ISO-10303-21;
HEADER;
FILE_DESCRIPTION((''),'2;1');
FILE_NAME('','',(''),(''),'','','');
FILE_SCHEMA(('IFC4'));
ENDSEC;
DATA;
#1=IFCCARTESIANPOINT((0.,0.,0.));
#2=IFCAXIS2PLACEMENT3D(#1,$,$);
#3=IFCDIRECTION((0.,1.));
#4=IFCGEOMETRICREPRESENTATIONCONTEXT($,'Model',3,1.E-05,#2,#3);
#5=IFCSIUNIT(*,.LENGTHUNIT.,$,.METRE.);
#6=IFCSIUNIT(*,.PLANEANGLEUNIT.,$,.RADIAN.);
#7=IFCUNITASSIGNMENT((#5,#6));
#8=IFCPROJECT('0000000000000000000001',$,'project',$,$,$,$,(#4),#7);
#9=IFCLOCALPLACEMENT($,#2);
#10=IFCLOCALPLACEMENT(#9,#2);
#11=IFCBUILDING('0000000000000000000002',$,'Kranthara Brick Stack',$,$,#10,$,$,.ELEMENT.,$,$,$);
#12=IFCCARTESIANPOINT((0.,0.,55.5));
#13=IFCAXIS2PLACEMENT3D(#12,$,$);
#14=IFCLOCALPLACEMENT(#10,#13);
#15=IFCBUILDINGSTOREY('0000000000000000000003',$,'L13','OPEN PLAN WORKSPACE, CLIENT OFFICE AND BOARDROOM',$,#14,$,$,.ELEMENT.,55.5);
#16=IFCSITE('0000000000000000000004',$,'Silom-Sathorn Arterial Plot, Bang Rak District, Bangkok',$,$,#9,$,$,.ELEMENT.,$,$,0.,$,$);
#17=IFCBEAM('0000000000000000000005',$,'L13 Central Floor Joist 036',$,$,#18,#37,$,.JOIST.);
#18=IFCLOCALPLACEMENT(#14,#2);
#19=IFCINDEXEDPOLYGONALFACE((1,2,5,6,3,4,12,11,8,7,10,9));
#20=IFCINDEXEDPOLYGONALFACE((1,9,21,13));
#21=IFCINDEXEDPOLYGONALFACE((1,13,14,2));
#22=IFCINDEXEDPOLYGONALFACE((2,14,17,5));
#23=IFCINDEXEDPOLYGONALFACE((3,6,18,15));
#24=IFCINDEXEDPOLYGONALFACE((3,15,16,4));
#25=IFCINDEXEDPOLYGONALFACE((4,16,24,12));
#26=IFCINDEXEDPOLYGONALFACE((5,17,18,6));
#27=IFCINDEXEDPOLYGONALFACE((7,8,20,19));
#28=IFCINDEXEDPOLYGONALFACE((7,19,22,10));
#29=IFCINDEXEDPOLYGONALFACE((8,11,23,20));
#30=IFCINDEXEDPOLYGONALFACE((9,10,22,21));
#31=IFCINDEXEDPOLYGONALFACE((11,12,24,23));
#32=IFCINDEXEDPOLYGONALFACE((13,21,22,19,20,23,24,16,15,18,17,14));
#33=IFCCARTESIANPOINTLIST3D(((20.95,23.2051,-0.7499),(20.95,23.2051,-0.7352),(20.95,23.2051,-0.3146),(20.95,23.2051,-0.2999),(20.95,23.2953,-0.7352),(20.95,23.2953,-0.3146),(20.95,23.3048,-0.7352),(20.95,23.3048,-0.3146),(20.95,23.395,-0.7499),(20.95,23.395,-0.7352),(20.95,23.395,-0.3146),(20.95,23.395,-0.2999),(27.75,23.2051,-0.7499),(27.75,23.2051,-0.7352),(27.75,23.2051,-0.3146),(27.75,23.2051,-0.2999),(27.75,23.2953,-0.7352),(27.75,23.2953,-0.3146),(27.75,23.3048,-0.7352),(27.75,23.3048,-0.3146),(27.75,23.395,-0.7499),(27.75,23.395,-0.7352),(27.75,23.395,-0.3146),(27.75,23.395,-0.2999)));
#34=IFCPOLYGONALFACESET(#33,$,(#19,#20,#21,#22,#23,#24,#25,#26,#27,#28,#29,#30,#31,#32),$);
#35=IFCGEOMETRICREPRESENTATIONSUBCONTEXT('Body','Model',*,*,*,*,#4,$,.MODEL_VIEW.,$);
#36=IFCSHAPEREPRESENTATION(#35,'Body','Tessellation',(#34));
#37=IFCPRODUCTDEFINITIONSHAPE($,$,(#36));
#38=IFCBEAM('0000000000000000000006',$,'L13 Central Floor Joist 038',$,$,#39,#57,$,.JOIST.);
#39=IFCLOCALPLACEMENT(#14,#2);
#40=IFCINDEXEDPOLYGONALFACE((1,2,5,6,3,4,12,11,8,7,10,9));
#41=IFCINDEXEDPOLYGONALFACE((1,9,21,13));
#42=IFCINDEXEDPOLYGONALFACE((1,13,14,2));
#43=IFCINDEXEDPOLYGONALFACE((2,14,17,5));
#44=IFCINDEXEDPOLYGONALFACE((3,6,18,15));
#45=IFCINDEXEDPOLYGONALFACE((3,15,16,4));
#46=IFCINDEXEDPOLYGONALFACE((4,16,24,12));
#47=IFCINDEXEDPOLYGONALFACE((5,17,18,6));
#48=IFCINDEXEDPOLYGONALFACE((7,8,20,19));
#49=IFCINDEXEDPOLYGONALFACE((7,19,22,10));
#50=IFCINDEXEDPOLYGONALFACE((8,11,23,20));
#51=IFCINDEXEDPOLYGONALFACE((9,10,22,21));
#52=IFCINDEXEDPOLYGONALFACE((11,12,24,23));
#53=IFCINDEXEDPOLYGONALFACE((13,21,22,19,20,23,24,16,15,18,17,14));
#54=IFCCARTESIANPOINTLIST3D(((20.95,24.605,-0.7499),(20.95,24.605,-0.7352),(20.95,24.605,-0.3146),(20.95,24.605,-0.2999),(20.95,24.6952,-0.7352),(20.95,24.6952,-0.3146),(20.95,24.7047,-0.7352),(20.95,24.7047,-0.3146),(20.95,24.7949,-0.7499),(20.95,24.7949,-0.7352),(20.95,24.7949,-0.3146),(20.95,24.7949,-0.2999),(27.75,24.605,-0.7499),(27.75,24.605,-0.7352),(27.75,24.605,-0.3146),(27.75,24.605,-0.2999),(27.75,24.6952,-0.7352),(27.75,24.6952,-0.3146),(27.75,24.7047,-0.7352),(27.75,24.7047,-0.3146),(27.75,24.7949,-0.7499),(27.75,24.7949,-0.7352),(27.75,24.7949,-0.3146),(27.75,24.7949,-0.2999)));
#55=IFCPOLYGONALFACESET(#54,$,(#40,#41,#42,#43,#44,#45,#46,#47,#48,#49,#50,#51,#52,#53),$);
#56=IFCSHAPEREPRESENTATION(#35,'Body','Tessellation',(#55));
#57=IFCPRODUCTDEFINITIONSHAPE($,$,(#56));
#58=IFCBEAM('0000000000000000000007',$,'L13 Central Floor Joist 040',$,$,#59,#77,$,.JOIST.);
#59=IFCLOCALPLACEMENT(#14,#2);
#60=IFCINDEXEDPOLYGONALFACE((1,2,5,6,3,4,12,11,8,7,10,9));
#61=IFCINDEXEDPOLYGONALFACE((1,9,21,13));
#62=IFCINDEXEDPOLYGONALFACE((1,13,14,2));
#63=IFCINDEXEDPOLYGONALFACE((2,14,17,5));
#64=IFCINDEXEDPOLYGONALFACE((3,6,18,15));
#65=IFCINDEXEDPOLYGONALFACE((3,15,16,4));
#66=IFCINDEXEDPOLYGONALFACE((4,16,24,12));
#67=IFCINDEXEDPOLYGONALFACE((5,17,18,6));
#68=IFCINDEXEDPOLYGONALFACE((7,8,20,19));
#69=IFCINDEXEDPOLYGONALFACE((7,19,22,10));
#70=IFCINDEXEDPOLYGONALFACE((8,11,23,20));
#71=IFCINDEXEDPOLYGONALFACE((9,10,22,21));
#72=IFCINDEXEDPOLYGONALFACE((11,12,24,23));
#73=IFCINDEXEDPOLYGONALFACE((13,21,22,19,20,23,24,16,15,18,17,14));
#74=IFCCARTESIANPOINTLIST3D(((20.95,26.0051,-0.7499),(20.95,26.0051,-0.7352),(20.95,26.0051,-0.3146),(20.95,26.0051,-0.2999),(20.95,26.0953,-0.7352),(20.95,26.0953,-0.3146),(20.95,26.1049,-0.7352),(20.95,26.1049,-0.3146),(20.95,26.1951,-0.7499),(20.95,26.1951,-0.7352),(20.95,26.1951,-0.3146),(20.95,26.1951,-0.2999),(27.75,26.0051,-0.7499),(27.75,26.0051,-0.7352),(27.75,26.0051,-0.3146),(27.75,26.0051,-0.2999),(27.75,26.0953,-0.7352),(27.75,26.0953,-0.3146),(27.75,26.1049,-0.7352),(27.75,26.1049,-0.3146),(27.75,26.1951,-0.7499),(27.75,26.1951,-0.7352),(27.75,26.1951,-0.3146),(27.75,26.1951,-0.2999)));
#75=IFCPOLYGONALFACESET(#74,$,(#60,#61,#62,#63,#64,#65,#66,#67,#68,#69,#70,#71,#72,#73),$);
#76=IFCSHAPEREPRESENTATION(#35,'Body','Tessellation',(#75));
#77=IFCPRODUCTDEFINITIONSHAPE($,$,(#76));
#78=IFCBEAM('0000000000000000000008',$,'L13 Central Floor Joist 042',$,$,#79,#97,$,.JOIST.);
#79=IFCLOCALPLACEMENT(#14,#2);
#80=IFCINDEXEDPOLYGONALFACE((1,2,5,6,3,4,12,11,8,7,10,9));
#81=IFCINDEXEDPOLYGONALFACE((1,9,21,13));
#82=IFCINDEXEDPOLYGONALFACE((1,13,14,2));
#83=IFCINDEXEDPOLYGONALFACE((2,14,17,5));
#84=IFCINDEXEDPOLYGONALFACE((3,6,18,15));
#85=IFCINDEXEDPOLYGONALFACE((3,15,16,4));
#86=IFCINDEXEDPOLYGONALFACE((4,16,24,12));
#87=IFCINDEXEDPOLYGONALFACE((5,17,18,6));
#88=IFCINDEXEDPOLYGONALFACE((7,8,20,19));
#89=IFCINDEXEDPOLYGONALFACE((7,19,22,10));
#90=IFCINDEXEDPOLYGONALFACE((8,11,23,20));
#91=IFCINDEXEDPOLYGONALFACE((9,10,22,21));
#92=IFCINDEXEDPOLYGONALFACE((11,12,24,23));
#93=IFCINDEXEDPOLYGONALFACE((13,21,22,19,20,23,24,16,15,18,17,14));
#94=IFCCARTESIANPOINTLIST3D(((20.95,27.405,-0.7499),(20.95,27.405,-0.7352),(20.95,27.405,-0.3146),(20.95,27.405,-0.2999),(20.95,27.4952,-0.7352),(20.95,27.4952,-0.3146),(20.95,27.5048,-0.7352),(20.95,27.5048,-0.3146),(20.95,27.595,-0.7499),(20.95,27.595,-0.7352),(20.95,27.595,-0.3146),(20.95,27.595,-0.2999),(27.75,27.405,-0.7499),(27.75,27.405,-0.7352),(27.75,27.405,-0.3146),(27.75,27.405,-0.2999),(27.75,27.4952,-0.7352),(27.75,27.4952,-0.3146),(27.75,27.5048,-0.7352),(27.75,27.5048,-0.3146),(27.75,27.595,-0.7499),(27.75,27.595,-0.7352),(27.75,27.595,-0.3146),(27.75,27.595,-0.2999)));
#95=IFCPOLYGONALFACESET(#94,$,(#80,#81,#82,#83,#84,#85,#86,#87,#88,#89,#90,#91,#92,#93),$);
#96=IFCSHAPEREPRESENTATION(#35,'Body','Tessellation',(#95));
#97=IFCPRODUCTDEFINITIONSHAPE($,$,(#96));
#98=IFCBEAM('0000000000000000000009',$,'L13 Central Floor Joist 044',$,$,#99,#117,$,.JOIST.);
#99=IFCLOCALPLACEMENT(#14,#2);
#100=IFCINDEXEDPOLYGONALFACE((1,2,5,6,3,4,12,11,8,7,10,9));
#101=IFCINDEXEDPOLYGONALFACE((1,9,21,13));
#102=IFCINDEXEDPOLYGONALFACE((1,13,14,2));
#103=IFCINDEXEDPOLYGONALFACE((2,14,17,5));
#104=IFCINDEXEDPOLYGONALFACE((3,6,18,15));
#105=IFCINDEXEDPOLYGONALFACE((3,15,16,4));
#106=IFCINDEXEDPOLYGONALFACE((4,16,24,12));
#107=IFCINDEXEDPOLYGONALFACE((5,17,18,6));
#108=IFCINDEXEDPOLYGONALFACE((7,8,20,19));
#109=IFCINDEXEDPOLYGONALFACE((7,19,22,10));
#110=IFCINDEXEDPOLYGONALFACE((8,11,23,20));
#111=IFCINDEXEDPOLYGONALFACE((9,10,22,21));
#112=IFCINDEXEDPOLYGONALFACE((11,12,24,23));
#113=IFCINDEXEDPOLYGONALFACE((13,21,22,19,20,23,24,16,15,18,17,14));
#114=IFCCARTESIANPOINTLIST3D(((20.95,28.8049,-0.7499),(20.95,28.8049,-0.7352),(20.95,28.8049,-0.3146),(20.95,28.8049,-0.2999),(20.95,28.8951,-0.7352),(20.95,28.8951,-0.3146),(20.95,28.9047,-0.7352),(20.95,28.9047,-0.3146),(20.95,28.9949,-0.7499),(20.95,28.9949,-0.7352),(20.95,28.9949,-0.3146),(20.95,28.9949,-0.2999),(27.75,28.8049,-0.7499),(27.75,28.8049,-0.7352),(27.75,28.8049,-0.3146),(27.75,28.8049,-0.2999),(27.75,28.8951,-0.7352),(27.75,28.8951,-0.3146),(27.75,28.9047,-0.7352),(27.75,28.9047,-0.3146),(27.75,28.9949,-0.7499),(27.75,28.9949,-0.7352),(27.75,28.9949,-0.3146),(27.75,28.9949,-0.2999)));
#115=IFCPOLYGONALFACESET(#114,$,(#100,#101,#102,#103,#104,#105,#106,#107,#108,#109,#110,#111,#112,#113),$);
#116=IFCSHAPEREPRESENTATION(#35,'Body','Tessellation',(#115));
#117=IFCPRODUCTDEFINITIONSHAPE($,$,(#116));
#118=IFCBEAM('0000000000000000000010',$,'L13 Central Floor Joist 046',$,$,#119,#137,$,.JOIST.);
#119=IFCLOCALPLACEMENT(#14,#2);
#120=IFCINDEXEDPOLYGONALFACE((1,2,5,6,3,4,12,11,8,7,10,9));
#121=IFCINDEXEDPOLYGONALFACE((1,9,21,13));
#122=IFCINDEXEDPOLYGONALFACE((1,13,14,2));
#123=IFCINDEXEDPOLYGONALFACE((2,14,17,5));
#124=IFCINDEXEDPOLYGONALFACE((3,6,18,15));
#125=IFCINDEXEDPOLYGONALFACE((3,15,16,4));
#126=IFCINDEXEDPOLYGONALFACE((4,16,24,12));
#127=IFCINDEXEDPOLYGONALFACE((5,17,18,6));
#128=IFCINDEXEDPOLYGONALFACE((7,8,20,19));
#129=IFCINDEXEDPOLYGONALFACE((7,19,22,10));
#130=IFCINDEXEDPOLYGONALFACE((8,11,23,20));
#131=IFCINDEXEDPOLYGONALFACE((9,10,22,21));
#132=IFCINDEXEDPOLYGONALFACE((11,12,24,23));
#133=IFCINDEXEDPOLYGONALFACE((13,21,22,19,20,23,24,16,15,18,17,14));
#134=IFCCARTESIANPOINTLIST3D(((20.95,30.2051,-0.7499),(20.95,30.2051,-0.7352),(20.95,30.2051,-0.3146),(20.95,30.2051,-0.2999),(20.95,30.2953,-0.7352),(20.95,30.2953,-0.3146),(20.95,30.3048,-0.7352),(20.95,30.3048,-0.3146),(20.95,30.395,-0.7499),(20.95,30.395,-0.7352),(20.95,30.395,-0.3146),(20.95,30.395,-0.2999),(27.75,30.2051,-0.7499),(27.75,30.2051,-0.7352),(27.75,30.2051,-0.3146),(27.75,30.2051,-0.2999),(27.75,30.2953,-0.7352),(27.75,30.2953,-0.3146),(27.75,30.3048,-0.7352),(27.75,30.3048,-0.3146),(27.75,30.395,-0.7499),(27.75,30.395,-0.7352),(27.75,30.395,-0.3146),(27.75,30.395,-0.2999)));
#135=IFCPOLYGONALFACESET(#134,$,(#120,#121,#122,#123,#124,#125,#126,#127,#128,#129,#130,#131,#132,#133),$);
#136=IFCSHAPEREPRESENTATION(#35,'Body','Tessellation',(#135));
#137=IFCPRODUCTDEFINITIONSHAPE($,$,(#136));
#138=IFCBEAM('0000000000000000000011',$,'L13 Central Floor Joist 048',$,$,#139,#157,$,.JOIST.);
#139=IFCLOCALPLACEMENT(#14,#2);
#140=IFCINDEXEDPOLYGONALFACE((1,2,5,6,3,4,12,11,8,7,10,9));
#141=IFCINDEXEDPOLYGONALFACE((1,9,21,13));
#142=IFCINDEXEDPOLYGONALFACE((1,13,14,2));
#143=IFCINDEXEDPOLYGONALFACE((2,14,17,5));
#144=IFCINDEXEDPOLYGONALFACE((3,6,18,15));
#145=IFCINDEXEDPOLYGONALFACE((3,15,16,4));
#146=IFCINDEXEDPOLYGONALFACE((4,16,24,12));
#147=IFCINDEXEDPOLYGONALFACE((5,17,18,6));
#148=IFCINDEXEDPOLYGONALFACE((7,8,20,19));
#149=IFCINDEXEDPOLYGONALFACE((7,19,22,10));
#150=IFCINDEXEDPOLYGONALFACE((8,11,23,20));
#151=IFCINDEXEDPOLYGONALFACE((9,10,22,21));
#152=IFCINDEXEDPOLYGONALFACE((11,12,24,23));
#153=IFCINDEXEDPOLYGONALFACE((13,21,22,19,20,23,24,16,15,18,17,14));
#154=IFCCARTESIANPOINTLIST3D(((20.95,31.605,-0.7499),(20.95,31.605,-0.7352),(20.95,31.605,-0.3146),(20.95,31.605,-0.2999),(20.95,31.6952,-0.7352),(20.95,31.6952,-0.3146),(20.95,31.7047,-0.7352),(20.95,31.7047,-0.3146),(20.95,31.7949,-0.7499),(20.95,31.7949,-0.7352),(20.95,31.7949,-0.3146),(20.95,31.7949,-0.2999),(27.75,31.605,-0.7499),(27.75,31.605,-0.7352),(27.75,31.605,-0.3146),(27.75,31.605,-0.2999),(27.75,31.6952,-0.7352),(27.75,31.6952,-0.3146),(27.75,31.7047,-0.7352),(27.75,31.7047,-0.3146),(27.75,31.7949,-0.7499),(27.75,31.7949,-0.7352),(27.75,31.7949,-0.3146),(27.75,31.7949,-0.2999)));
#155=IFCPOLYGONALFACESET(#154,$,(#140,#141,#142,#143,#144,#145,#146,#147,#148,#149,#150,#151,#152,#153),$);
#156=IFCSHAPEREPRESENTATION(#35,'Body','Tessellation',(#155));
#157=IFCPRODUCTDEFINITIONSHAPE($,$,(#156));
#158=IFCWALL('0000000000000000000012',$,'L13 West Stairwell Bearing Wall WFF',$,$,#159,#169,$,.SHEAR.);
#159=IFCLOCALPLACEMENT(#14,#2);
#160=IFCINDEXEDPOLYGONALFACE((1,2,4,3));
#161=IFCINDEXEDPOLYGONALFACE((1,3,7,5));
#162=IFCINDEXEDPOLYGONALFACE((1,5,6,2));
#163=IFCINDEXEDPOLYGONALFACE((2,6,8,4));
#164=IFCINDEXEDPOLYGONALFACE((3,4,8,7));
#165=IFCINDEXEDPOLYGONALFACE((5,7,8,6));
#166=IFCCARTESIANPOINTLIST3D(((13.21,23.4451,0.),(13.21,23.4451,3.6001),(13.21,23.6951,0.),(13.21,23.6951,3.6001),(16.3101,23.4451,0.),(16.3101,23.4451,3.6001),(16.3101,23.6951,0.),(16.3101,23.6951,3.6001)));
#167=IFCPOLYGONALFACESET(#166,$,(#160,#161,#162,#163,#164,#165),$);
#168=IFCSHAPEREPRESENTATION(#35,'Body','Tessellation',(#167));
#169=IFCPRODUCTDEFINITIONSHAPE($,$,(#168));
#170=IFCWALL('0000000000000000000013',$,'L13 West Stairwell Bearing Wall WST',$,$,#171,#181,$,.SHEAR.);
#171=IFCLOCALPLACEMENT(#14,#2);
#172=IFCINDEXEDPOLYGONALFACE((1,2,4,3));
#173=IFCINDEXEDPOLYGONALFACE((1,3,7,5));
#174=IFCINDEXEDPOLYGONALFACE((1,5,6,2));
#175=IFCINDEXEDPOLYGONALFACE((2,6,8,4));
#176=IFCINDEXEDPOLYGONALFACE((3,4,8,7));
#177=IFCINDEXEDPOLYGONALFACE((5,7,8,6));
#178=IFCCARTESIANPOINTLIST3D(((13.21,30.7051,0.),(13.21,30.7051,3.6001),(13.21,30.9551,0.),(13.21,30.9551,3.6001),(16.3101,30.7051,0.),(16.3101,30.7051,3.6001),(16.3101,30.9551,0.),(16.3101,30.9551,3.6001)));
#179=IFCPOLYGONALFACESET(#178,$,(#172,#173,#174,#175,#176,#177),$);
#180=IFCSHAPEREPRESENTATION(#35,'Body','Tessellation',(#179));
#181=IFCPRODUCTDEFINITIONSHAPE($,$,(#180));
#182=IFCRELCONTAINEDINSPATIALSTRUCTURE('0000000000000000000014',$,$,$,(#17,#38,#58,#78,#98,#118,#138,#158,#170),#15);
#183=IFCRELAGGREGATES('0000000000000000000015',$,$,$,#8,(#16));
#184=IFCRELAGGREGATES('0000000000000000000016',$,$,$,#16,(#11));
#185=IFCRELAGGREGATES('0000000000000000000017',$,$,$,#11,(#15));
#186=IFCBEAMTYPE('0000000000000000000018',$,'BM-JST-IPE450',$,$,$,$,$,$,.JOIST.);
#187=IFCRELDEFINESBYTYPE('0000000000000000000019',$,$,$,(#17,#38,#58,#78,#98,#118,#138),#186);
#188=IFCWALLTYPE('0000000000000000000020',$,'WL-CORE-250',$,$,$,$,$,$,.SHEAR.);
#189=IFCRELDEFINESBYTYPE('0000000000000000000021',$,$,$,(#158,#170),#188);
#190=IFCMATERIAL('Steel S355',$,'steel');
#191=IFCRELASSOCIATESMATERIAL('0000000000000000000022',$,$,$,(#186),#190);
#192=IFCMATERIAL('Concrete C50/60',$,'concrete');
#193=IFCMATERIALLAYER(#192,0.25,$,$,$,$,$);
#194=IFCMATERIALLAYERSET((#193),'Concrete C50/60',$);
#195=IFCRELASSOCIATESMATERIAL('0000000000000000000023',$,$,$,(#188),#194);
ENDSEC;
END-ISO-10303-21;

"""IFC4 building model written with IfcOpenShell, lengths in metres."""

from ifc_helpers import new_model, si_unit, direction, frame, frame_2d, origin, origin_2d, place, context, subcontext, project, spatial, rectangle, i_section, extrude, material, layer, layer_set, material_profile, profile_set, type_object, element, save


model = new_model("IFC4")

# Units and contexts
model_context = context("Model", 3, precision=1e-05, world=origin(), true_north=direction((0.0, 1.0)))
body_context = subcontext(model_context, "Body", "Model", "MODEL_VIEW")
ifc_project = project(units=[si_unit("LENGTHUNIT", "METRE"), si_unit("PLANEANGLEUNIT", "RADIAN")], contexts=[model_context])

# Site, building, storey
site_placement = place(None, origin())
site = spatial("IfcSite", under=ifc_project, at=site_placement, Name="Silom-Sathorn Arterial Plot, Bang Rak District, Bangkok", CompositionType="ELEMENT", RefElevation=0.0)
building_placement = place(site_placement, origin())
building = spatial("IfcBuilding", under=site, at=building_placement, Name="Kranthara Brick Stack", CompositionType="ELEMENT")
storey_placement = place(building_placement, frame((0.0, 0.0, 55.5)))
storey = spatial("IfcBuildingStorey", under=building, at=storey_placement, Name="L13", Description="OPEN PLAN WORKSPACE, CLIENT OFFICE AND BOARDROOM", CompositionType="ELEMENT", Elevation=55.5)

# Beams
ifc_material_1 = material(Name="Steel S355", Category="steel")
ifc_material_profile = material_profile(ifc_material_1, i_section(OverallWidth=0.1899, OverallDepth=0.45, WebThickness=0.0095, FlangeThickness=0.0146, at=origin_2d()), Name="IPE 450")
ifc_profile_set = profile_set([ifc_material_profile], Name="Steel S355")
beam_type = type_object("IfcBeamType", Name="BM-JST-IPE450", PredefinedType="JOIST", material=ifc_profile_set)
for number, where, z_axis, x_axis, name in (
    (1, (20.95, 23.3, -0.5249), (1.0, 0.0, 0.0), (0.0, 1.0, 0.0), "L13 Central Floor Joist 036"),
    (2, (20.95, 24.7, -0.5249), (1.0, 0.0, 0.0), (0.0, 1.0, 0.0), "L13 Central Floor Joist 038"),
    (3, (20.95, 26.1001, -0.5249), (1.0, 0.0, 0.0), (0.0, 1.0, 0.0), "L13 Central Floor Joist 040"),
    (4, (20.95, 27.5, -0.5249), (1.0, 0.0, 0.0), (0.0, 1.0, 0.0), "L13 Central Floor Joist 042"),
    (5, (20.95, 28.8999, -0.5249), (1.0, 0.0, 0.0), (0.0, 1.0, 0.0), "L13 Central Floor Joist 044"),
    (6, (20.95, 30.3, -0.5249), (1.0, 0.0, 0.0), (0.0, 1.0, 0.0), "L13 Central Floor Joist 046"),
    (7, (20.95, 31.7, -0.5249), (1.0, 0.0, 0.0), (0.0, 1.0, 0.0), "L13 Central Floor Joist 048"),
):
    element("IfcBeam", number, at=place(storey_placement, frame(where, z_axis=z_axis, x_axis=x_axis)), inside=storey, type_object=beam_type, Name=name, PredefinedType="JOIST", context=body_context, shape_type="SweptSolid", body=[
        extrude(i_section(OverallWidth=0.1899, OverallDepth=0.45, WebThickness=0.0095, FlangeThickness=0.0146, at=origin_2d()), origin(), (0.0, 0.0, 1.0), 6.8),
    ])

# Walls
ifc_material_2 = material(Name="Concrete C50/60", Category="concrete")
ifc_layer_1 = layer(ifc_material_2, 0.25)
ifc_layer_set_1 = layer_set([ifc_layer_1], Name="Concrete C50/60")
wall_type_1 = type_object("IfcWallType", Name="WL-CORE-250", PredefinedType="SHEAR", material=ifc_layer_set_1)
for number, where, z_axis, x_axis, name in (
    (8, (13.21, 23.5701, 0.0), (0.0, 0.0, 1.0), (1.0, 0.0, 0.0), "L13 West Stairwell Bearing Wall WFF"),
    (9, (13.21, 30.8301, 0.0), (0.0, 0.0, 1.0), (1.0, 0.0, 0.0), "L13 West Stairwell Bearing Wall WST"),
):
    element("IfcWall", number, at=place(storey_placement, frame(where, z_axis=z_axis, x_axis=x_axis)), inside=storey, type_object=wall_type_1, Name=name, PredefinedType="SHEAR", context=body_context, shape_type="SweptSolid", body=[
        extrude(rectangle(XDim=3.1001, YDim=0.25, at=frame_2d((1.55, 0.0))), origin(), (0.0, 0.0, 1.0), 3.6001),
    ])

save(model, "model.ifc")
